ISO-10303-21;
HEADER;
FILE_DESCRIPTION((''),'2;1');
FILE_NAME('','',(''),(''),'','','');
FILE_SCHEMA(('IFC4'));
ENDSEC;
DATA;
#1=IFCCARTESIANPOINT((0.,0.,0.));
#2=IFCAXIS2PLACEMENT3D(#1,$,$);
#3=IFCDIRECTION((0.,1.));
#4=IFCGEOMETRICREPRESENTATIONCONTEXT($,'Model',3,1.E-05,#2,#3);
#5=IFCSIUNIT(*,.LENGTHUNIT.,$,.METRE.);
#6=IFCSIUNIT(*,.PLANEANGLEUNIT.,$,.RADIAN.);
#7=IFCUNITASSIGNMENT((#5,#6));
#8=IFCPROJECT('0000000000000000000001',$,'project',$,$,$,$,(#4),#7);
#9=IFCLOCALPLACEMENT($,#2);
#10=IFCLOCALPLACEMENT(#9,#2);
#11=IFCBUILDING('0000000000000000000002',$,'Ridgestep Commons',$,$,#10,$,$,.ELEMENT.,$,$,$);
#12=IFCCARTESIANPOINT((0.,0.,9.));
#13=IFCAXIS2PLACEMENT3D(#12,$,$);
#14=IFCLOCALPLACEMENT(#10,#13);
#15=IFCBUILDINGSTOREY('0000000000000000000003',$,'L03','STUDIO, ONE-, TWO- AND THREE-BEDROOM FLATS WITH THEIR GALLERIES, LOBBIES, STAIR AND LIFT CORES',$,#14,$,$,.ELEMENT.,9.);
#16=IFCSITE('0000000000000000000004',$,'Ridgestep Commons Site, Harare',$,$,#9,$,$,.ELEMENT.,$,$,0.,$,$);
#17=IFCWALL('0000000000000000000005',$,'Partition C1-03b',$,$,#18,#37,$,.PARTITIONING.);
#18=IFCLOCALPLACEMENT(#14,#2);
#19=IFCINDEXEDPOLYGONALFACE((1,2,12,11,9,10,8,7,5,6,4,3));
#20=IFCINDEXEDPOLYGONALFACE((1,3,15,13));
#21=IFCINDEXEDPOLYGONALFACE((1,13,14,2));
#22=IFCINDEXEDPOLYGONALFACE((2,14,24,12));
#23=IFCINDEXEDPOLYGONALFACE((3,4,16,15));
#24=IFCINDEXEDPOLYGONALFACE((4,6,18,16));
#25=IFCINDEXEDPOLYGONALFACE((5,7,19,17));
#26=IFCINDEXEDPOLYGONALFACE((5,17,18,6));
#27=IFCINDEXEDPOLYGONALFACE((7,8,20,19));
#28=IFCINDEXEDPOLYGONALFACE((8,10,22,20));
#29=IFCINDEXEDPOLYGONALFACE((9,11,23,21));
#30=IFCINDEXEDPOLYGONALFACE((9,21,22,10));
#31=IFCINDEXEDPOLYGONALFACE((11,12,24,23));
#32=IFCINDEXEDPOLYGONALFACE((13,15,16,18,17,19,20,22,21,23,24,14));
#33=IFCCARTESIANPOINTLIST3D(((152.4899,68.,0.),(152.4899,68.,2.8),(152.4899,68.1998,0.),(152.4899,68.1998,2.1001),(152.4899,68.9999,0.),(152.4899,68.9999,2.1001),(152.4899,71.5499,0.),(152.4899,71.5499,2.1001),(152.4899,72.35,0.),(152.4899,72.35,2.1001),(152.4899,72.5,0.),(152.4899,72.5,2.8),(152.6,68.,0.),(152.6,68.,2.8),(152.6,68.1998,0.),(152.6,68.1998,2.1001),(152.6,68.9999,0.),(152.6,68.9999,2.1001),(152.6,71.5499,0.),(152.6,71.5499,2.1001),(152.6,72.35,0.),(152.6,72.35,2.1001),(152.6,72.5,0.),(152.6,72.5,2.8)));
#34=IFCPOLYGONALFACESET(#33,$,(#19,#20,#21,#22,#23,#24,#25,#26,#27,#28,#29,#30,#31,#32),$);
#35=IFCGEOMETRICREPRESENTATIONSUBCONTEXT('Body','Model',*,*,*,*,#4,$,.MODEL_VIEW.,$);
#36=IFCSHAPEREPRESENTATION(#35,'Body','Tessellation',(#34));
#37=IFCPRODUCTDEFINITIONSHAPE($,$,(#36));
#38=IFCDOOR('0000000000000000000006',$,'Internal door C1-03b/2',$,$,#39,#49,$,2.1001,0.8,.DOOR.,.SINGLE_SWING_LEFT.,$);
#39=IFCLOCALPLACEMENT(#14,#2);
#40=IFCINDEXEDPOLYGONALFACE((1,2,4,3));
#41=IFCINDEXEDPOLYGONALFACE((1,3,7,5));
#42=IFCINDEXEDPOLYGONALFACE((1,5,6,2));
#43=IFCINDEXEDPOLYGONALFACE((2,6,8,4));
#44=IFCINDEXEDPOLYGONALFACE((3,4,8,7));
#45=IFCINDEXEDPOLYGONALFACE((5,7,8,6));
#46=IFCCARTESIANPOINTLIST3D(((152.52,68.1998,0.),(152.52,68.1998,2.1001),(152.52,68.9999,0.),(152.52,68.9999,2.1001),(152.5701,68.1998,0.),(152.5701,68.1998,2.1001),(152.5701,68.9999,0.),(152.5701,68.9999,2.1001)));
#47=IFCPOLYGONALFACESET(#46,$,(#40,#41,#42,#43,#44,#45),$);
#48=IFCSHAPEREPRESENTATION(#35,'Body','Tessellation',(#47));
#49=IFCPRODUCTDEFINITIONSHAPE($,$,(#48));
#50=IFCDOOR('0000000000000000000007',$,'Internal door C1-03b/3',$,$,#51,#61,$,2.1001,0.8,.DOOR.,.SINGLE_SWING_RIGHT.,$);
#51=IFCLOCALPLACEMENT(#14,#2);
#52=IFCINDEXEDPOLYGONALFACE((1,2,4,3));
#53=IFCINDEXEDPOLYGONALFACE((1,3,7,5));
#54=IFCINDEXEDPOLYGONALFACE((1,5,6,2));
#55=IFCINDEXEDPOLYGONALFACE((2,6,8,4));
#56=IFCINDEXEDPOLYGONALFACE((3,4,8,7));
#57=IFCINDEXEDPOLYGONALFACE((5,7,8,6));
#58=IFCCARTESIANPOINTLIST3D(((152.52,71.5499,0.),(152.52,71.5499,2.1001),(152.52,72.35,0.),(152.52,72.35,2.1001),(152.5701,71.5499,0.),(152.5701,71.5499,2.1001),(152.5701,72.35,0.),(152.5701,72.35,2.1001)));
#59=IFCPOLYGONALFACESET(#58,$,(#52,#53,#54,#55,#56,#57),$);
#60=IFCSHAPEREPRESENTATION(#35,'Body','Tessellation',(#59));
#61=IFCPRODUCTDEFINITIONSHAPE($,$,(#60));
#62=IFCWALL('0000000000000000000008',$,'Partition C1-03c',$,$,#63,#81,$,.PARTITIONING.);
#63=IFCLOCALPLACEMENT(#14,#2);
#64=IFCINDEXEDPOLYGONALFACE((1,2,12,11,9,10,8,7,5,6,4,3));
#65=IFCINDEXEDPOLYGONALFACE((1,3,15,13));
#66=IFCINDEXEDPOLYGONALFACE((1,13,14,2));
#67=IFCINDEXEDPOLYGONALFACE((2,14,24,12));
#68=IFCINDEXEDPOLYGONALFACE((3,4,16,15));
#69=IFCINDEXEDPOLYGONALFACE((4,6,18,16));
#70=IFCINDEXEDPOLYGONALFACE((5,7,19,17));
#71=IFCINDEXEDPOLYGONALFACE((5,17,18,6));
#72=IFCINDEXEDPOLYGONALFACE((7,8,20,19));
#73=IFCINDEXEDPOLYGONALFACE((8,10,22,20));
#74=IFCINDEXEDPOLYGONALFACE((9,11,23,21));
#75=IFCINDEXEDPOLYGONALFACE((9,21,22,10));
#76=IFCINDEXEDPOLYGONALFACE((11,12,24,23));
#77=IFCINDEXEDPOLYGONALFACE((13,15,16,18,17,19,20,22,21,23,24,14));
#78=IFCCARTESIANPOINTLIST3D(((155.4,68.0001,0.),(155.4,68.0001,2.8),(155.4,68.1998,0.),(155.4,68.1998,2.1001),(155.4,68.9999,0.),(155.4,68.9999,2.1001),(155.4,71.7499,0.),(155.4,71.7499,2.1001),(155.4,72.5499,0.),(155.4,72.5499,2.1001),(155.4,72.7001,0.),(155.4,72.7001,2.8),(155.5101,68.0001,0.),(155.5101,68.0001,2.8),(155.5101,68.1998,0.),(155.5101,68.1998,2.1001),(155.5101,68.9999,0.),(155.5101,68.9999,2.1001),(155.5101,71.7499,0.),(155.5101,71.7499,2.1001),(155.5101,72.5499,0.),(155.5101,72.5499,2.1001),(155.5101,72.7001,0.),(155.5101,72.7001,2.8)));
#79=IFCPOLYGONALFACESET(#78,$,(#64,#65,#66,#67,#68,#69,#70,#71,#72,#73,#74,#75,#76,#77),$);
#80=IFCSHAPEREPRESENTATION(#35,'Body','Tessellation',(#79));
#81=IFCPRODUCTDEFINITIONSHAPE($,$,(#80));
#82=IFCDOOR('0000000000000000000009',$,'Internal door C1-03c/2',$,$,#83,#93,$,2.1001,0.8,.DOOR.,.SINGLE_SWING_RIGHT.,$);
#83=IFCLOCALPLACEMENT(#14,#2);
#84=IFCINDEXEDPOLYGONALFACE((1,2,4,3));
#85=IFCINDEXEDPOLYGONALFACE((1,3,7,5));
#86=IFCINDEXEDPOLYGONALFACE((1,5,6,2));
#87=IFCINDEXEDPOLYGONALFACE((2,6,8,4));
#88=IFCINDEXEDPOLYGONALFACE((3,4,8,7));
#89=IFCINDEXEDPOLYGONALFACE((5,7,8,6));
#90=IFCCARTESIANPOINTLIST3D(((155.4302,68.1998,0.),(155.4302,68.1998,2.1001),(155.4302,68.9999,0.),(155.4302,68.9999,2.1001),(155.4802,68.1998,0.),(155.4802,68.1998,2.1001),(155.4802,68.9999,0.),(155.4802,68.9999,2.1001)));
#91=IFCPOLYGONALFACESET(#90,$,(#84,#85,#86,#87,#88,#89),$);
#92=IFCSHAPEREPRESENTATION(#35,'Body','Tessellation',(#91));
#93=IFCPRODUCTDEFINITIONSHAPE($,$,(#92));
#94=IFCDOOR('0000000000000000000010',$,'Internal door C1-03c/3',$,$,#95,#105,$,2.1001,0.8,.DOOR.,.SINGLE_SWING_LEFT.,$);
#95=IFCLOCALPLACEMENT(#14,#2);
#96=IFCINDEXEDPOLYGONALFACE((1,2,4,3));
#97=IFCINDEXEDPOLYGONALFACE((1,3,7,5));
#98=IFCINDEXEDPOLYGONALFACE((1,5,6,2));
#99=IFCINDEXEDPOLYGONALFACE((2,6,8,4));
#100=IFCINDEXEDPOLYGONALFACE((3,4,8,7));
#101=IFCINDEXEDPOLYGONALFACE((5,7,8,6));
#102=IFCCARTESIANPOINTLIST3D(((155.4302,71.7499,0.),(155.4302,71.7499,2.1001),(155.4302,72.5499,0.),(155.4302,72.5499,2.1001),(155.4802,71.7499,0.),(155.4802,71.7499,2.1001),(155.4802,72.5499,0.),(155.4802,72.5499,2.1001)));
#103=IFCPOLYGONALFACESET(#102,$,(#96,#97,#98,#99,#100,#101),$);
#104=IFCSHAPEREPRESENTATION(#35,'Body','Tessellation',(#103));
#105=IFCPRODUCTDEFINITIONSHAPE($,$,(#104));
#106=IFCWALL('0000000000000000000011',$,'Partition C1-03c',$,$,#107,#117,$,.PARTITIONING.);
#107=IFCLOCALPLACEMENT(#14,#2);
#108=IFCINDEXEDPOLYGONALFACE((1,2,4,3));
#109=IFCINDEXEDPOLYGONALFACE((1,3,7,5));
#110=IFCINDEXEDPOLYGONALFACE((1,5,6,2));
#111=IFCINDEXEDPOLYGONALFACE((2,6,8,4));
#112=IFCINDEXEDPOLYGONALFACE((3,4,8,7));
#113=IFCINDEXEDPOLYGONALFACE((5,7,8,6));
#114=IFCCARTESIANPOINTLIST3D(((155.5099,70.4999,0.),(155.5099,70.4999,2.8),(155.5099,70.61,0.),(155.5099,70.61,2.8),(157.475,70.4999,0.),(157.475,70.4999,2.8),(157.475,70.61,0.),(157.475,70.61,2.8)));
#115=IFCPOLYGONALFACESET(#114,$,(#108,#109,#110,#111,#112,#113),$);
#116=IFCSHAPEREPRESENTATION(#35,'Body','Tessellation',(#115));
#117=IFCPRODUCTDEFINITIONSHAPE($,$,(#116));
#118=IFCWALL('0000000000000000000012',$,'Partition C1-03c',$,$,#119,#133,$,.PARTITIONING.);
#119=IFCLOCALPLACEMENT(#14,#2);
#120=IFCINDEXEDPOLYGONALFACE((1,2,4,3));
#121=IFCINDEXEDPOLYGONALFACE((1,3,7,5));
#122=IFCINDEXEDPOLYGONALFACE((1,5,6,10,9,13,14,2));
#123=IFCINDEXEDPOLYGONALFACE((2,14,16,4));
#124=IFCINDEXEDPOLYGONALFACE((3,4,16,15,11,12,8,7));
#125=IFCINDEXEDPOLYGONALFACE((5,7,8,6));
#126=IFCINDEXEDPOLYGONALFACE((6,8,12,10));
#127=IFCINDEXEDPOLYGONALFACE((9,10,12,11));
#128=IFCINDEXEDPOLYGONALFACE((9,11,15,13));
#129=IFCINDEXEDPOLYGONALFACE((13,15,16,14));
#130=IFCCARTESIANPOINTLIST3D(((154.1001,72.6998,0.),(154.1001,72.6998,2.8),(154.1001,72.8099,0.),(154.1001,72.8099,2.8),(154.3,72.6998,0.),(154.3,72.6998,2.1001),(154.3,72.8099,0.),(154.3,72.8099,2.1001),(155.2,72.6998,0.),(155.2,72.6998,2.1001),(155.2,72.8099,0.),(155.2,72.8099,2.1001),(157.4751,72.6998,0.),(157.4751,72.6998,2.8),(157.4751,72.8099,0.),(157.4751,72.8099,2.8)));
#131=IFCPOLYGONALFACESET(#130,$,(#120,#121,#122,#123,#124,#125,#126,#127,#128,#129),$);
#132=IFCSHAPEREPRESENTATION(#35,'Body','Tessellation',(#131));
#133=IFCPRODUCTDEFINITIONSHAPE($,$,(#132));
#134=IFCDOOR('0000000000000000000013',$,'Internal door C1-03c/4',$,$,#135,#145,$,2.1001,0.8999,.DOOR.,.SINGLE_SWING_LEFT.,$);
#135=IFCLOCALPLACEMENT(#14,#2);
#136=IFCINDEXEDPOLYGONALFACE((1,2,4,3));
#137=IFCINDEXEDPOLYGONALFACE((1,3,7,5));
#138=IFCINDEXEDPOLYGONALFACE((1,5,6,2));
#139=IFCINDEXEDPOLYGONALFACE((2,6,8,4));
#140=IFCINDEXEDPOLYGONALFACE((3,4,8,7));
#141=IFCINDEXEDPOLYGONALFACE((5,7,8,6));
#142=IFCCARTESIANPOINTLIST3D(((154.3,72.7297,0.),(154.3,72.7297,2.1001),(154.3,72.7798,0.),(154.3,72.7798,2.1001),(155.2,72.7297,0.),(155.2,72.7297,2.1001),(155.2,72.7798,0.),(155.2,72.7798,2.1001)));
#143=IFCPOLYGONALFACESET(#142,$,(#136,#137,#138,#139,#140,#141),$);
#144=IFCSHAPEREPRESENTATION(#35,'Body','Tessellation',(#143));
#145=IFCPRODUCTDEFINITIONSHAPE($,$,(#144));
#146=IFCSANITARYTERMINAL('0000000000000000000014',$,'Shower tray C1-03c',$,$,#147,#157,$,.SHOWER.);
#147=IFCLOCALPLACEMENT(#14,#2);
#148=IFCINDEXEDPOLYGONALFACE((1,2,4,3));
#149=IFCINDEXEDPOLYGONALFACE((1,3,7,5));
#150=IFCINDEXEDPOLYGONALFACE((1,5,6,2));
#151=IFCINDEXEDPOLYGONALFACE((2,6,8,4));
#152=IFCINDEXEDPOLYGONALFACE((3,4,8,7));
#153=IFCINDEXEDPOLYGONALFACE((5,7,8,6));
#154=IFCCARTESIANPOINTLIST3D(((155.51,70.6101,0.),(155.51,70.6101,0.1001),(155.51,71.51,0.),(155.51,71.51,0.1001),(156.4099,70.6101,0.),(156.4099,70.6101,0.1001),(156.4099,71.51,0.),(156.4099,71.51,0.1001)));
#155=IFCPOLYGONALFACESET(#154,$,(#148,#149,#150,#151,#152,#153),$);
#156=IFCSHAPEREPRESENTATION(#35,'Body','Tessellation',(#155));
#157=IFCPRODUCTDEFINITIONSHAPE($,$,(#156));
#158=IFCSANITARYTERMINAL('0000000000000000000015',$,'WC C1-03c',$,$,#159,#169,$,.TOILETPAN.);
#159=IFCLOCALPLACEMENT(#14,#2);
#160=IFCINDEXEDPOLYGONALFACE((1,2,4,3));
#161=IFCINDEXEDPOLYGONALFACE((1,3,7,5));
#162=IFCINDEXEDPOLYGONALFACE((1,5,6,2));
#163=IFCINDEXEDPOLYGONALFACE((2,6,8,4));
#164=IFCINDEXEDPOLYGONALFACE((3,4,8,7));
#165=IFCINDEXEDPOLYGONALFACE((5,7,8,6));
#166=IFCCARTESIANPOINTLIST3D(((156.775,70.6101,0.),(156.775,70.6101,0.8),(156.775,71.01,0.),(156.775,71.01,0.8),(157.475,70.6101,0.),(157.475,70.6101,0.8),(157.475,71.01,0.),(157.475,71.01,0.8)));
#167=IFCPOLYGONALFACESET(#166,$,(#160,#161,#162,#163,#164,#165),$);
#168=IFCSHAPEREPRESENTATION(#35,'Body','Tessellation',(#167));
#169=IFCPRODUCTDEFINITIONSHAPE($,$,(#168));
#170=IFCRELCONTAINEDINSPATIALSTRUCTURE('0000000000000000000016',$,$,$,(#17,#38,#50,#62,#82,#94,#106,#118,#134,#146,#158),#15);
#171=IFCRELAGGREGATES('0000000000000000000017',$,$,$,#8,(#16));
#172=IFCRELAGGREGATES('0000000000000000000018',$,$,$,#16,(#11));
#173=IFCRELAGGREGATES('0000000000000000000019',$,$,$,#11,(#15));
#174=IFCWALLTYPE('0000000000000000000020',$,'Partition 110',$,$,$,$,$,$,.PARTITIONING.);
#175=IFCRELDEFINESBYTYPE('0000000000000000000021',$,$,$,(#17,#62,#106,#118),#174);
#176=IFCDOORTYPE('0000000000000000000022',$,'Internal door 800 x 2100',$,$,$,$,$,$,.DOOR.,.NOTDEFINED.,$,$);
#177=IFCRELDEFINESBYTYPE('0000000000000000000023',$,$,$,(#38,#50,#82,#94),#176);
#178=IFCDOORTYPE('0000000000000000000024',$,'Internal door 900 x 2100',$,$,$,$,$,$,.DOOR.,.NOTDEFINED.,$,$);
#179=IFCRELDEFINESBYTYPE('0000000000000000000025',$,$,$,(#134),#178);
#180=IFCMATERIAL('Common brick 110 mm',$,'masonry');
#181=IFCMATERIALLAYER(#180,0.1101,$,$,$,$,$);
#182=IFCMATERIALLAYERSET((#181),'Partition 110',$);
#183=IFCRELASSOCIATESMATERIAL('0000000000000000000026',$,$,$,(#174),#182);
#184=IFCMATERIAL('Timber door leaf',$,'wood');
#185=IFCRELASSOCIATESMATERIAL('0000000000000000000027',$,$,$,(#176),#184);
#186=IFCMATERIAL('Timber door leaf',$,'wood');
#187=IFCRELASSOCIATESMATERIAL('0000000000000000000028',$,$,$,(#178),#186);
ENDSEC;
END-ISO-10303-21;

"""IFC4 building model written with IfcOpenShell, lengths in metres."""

from ifc_helpers import new_model, si_unit, direction, frame, frame_2d, origin, origin_2d, place, context, subcontext, project, spatial, rectangle, extrude, material, layer, layer_set, type_object, element, fill, save


model = new_model("IFC4")

# Units and contexts
model_context = context("Model", 3, precision=1e-05, world=origin(), true_north=direction((0.0, 1.0)))
body_context = subcontext(model_context, "Body", "Model", "MODEL_VIEW")
ifc_project = project(units=[si_unit("LENGTHUNIT", "METRE"), si_unit("PLANEANGLEUNIT", "RADIAN")], contexts=[model_context])

# Site, building, storey
site_placement = place(None, origin())
site = spatial("IfcSite", under=ifc_project, at=site_placement, Name="Ridgestep Commons Site, Harare", CompositionType="ELEMENT", RefElevation=0.0)
building_placement = place(site_placement, origin())
building = spatial("IfcBuilding", under=site, at=building_placement, Name="Ridgestep Commons", CompositionType="ELEMENT")
storey_placement = place(building_placement, frame((0.0, 0.0, 9.0)))
storey = spatial("IfcBuildingStorey", under=building, at=storey_placement, Name="L03", Description="STUDIO, ONE-, TWO- AND THREE-BEDROOM FLATS WITH THEIR GALLERIES, LOBBIES, STAIR AND LIFT CORES", CompositionType="ELEMENT", Elevation=9.0)

# Walls, openings, doors
ifc_material_1 = material(Name="Common brick 110 mm", Category="masonry")
ifc_layer_1 = layer(ifc_material_1, 0.1101)
ifc_layer_set_1 = layer_set([ifc_layer_1], Name="Partition 110")
wall_type_1 = type_object("IfcWallType", Name="Partition 110", PredefinedType="PARTITIONING", material=ifc_layer_set_1)
wall_1_placement = place(storey_placement, frame((152.5449, 68.0, 0.0), z_axis=(0.0, 0.0, 1.0), x_axis=(0.0, 1.0, 0.0)))
wall_1 = element("IfcWall", 1, at=wall_1_placement, inside=storey, type_object=wall_type_1, Name="Partition C1-03b", PredefinedType="PARTITIONING", context=body_context, shape_type="SweptSolid", body=[
    extrude(rectangle(XDim=4.5, YDim=0.1101, at=frame_2d((2.25, 0.0))), origin(), (0.0, 0.0, 1.0), 2.8),
])
opening_1_placement = place(wall_1_placement, frame((0.2, 0.0, 0.0)))
opening_1 = element("IfcOpeningElement", 2, at=opening_1_placement, cuts=wall_1, PredefinedType="OPENING", context=body_context, shape_type="SweptSolid", body=[
    extrude(rectangle(XDim=0.8, YDim=2.1001, at=frame_2d((0.3999, 1.05))), frame((0.0, 0.0649, 0.0), z_axis=(0.0, -1.0, 0.0), x_axis=(1.0, 0.0, 0.0)), (0.0, 0.0, 1.0), 0.1301),
])
opening_2_placement = place(wall_1_placement, frame((3.55, 0.0, 0.0)))
opening_2 = element("IfcOpeningElement", 3, at=opening_2_placement, cuts=wall_1, PredefinedType="OPENING", context=body_context, shape_type="SweptSolid", body=[
    extrude(rectangle(XDim=0.8, YDim=2.1001, at=frame_2d((0.3999, 1.05))), frame((0.0, 0.0649, 0.0), z_axis=(0.0, -1.0, 0.0), x_axis=(1.0, 0.0, 0.0)), (0.0, 0.0, 1.0), 0.1301),
])
ifc_material_2 = material(Name="Timber door leaf", Category="wood")
door_type_1 = type_object("IfcDoorType", Name="Internal door 800 x 2100", OperationType="NOTDEFINED", PredefinedType="DOOR", material=ifc_material_2)
door_1_placement = place(opening_1_placement, origin())
door_1 = element("IfcDoor", 4, at=door_1_placement, inside=storey, type_object=door_type_1, Name="Internal door C1-03b/2", OperationType="SINGLE_SWING_LEFT", OverallHeight=2.1001, OverallWidth=0.8, PredefinedType="DOOR", context=body_context, shape_type="SweptSolid", body=[
    extrude(rectangle(XDim=0.8, YDim=2.1001, at=frame_2d((0.3999, 1.05))), frame((0.0, 0.0249, 0.0), z_axis=(0.0, -1.0, 0.0), x_axis=(1.0, 0.0, 0.0)), (0.0, 0.0, 1.0), 0.05),
])
fill(opening_1, door_1)
door_2_placement = place(opening_2_placement, origin())
door_2 = element("IfcDoor", 5, at=door_2_placement, inside=storey, type_object=door_type_1, Name="Internal door C1-03b/3", OperationType="SINGLE_SWING_RIGHT", OverallHeight=2.1001, OverallWidth=0.8, PredefinedType="DOOR", context=body_context, shape_type="SweptSolid", body=[
    extrude(rectangle(XDim=0.8, YDim=2.1001, at=frame_2d((0.3999, 1.05))), frame((0.0, 0.0249, 0.0), z_axis=(0.0, -1.0, 0.0), x_axis=(1.0, 0.0, 0.0)), (0.0, 0.0, 1.0), 0.05),
])
fill(opening_2, door_2)
wall_2_placement = place(storey_placement, frame((155.4551, 68.0, 0.0), z_axis=(0.0, 0.0, 1.0), x_axis=(0.0, 1.0, 0.0)))
wall_2 = element("IfcWall", 6, at=wall_2_placement, inside=storey, type_object=wall_type_1, Name="Partition C1-03c", PredefinedType="PARTITIONING", context=body_context, shape_type="SweptSolid", body=[
    extrude(rectangle(XDim=4.7, YDim=0.1101, at=frame_2d((2.3501, 0.0))), origin(), (0.0, 0.0, 1.0), 2.8),
])
opening_3_placement = place(wall_2_placement, frame((0.2, 0.0, 0.0)))
opening_3 = element("IfcOpeningElement", 7, at=opening_3_placement, cuts=wall_2, PredefinedType="OPENING", context=body_context, shape_type="SweptSolid", body=[
    extrude(rectangle(XDim=0.8, YDim=2.1001, at=frame_2d((0.3999, 1.05))), frame((0.0, 0.0649, 0.0), z_axis=(0.0, -1.0, 0.0), x_axis=(1.0, 0.0, 0.0)), (0.0, 0.0, 1.0), 0.1301),
])
opening_4_placement = place(wall_2_placement, frame((3.75, 0.0, 0.0)))
opening_4 = element("IfcOpeningElement", 8, at=opening_4_placement, cuts=wall_2, PredefinedType="OPENING", context=body_context, shape_type="SweptSolid", body=[
    extrude(rectangle(XDim=0.8, YDim=2.1001, at=frame_2d((0.3999, 1.05))), frame((0.0, 0.0649, 0.0), z_axis=(0.0, -1.0, 0.0), x_axis=(1.0, 0.0, 0.0)), (0.0, 0.0, 1.0), 0.1301),
])
door_3_placement = place(opening_3_placement, origin())
door_3 = element("IfcDoor", 9, at=door_3_placement, inside=storey, type_object=door_type_1, Name="Internal door C1-03c/2", OperationType="SINGLE_SWING_RIGHT", OverallHeight=2.1001, OverallWidth=0.8, PredefinedType="DOOR", context=body_context, shape_type="SweptSolid", body=[
    extrude(rectangle(XDim=0.8, YDim=2.1001, at=frame_2d((0.3999, 1.05))), frame((0.0, 0.0249, 0.0), z_axis=(0.0, -1.0, 0.0), x_axis=(1.0, 0.0, 0.0)), (0.0, 0.0, 1.0), 0.05),
])
fill(opening_3, door_3)
door_4_placement = place(opening_4_placement, origin())
door_4 = element("IfcDoor", 10, at=door_4_placement, inside=storey, type_object=door_type_1, Name="Internal door C1-03c/3", OperationType="SINGLE_SWING_LEFT", OverallHeight=2.1001, OverallWidth=0.8, PredefinedType="DOOR", context=body_context, shape_type="SweptSolid", body=[
    extrude(rectangle(XDim=0.8, YDim=2.1001, at=frame_2d((0.3999, 1.05))), frame((0.0, 0.0249, 0.0), z_axis=(0.0, -1.0, 0.0), x_axis=(1.0, 0.0, 0.0)), (0.0, 0.0, 1.0), 0.05),
])
fill(opening_4, door_4)

# Wall
wall_3_placement = place(storey_placement, frame((155.51, 70.5549, 0.0), z_axis=(0.0, 0.0, 1.0), x_axis=(1.0, 0.0, 0.0)))
element("IfcWall", 11, at=wall_3_placement, inside=storey, type_object=wall_type_1, Name="Partition C1-03c", PredefinedType="PARTITIONING", context=body_context, shape_type="SweptSolid", body=[
    extrude(rectangle(XDim=1.9651, YDim=0.1101, at=frame_2d((0.9824, 0.0))), origin(), (0.0, 0.0, 1.0), 2.8),
])

# Wall, opening, door
wall_4_placement = place(storey_placement, frame((154.1001, 72.7549, 0.0), z_axis=(0.0, 0.0, 1.0), x_axis=(1.0, 0.0, 0.0)))
wall_4 = element("IfcWall", 12, at=wall_4_placement, inside=storey, type_object=wall_type_1, Name="Partition C1-03c", PredefinedType="PARTITIONING", context=body_context, shape_type="SweptSolid", body=[
    extrude(rectangle(XDim=3.375, YDim=0.1101, at=frame_2d((1.6875, 0.0))), origin(), (0.0, 0.0, 1.0), 2.8),
])
opening_5_placement = place(wall_4_placement, frame((0.2, 0.0, 0.0)))
opening_5 = element("IfcOpeningElement", 13, at=opening_5_placement, cuts=wall_4, PredefinedType="OPENING", context=body_context, shape_type="SweptSolid", body=[
    extrude(rectangle(XDim=0.8999, YDim=2.1001, at=frame_2d((0.45, 1.05))), frame((0.0, 0.0649, 0.0), z_axis=(0.0, -1.0, 0.0), x_axis=(1.0, 0.0, 0.0)), (0.0, 0.0, 1.0), 0.1301),
])
ifc_material_3 = material(Name="Timber door leaf", Category="wood")
door_type_2 = type_object("IfcDoorType", Name="Internal door 900 x 2100", OperationType="NOTDEFINED", PredefinedType="DOOR", material=ifc_material_3)
door_5_placement = place(opening_5_placement, origin())
door_5 = element("IfcDoor", 14, at=door_5_placement, inside=storey, type_object=door_type_2, Name="Internal door C1-03c/4", OperationType="SINGLE_SWING_LEFT", OverallHeight=2.1001, OverallWidth=0.8999, PredefinedType="DOOR", context=body_context, shape_type="SweptSolid", body=[
    extrude(rectangle(XDim=0.8999, YDim=2.1001, at=frame_2d((0.45, 1.05))), frame((0.0, 0.0249, 0.0), z_axis=(0.0, -1.0, 0.0), x_axis=(1.0, 0.0, 0.0)), (0.0, 0.0, 1.0), 0.05),
])
fill(opening_5, door_5)

# Sanitary terminals
sanitary_terminal_1_placement = place(storey_placement, frame((155.96, 71.0601, 0.0), z_axis=(0.0, 0.0, 1.0), x_axis=(1.0, 0.0, 0.0)))
element("IfcSanitaryTerminal", 15, at=sanitary_terminal_1_placement, inside=storey, Name="Shower tray C1-03c", PredefinedType="SHOWER", context=body_context, shape_type="SweptSolid", body=[
    extrude(rectangle(XDim=0.8999, YDim=0.8999, at=origin_2d()), origin(), (0.0, 0.0, 1.0), 0.1001),
])
sanitary_terminal_2_placement = place(storey_placement, frame((157.125, 70.8101, 0.0), z_axis=(0.0, 0.0, 1.0), x_axis=(1.0, 0.0, 0.0)))
element("IfcSanitaryTerminal", 16, at=sanitary_terminal_2_placement, inside=storey, Name="WC C1-03c", PredefinedType="TOILETPAN", context=body_context, shape_type="SweptSolid", body=[
    extrude(rectangle(XDim=0.7, YDim=0.3999, at=origin_2d()), origin(), (0.0, 0.0, 1.0), 0.8),
])

save(model, "model.ifc")
